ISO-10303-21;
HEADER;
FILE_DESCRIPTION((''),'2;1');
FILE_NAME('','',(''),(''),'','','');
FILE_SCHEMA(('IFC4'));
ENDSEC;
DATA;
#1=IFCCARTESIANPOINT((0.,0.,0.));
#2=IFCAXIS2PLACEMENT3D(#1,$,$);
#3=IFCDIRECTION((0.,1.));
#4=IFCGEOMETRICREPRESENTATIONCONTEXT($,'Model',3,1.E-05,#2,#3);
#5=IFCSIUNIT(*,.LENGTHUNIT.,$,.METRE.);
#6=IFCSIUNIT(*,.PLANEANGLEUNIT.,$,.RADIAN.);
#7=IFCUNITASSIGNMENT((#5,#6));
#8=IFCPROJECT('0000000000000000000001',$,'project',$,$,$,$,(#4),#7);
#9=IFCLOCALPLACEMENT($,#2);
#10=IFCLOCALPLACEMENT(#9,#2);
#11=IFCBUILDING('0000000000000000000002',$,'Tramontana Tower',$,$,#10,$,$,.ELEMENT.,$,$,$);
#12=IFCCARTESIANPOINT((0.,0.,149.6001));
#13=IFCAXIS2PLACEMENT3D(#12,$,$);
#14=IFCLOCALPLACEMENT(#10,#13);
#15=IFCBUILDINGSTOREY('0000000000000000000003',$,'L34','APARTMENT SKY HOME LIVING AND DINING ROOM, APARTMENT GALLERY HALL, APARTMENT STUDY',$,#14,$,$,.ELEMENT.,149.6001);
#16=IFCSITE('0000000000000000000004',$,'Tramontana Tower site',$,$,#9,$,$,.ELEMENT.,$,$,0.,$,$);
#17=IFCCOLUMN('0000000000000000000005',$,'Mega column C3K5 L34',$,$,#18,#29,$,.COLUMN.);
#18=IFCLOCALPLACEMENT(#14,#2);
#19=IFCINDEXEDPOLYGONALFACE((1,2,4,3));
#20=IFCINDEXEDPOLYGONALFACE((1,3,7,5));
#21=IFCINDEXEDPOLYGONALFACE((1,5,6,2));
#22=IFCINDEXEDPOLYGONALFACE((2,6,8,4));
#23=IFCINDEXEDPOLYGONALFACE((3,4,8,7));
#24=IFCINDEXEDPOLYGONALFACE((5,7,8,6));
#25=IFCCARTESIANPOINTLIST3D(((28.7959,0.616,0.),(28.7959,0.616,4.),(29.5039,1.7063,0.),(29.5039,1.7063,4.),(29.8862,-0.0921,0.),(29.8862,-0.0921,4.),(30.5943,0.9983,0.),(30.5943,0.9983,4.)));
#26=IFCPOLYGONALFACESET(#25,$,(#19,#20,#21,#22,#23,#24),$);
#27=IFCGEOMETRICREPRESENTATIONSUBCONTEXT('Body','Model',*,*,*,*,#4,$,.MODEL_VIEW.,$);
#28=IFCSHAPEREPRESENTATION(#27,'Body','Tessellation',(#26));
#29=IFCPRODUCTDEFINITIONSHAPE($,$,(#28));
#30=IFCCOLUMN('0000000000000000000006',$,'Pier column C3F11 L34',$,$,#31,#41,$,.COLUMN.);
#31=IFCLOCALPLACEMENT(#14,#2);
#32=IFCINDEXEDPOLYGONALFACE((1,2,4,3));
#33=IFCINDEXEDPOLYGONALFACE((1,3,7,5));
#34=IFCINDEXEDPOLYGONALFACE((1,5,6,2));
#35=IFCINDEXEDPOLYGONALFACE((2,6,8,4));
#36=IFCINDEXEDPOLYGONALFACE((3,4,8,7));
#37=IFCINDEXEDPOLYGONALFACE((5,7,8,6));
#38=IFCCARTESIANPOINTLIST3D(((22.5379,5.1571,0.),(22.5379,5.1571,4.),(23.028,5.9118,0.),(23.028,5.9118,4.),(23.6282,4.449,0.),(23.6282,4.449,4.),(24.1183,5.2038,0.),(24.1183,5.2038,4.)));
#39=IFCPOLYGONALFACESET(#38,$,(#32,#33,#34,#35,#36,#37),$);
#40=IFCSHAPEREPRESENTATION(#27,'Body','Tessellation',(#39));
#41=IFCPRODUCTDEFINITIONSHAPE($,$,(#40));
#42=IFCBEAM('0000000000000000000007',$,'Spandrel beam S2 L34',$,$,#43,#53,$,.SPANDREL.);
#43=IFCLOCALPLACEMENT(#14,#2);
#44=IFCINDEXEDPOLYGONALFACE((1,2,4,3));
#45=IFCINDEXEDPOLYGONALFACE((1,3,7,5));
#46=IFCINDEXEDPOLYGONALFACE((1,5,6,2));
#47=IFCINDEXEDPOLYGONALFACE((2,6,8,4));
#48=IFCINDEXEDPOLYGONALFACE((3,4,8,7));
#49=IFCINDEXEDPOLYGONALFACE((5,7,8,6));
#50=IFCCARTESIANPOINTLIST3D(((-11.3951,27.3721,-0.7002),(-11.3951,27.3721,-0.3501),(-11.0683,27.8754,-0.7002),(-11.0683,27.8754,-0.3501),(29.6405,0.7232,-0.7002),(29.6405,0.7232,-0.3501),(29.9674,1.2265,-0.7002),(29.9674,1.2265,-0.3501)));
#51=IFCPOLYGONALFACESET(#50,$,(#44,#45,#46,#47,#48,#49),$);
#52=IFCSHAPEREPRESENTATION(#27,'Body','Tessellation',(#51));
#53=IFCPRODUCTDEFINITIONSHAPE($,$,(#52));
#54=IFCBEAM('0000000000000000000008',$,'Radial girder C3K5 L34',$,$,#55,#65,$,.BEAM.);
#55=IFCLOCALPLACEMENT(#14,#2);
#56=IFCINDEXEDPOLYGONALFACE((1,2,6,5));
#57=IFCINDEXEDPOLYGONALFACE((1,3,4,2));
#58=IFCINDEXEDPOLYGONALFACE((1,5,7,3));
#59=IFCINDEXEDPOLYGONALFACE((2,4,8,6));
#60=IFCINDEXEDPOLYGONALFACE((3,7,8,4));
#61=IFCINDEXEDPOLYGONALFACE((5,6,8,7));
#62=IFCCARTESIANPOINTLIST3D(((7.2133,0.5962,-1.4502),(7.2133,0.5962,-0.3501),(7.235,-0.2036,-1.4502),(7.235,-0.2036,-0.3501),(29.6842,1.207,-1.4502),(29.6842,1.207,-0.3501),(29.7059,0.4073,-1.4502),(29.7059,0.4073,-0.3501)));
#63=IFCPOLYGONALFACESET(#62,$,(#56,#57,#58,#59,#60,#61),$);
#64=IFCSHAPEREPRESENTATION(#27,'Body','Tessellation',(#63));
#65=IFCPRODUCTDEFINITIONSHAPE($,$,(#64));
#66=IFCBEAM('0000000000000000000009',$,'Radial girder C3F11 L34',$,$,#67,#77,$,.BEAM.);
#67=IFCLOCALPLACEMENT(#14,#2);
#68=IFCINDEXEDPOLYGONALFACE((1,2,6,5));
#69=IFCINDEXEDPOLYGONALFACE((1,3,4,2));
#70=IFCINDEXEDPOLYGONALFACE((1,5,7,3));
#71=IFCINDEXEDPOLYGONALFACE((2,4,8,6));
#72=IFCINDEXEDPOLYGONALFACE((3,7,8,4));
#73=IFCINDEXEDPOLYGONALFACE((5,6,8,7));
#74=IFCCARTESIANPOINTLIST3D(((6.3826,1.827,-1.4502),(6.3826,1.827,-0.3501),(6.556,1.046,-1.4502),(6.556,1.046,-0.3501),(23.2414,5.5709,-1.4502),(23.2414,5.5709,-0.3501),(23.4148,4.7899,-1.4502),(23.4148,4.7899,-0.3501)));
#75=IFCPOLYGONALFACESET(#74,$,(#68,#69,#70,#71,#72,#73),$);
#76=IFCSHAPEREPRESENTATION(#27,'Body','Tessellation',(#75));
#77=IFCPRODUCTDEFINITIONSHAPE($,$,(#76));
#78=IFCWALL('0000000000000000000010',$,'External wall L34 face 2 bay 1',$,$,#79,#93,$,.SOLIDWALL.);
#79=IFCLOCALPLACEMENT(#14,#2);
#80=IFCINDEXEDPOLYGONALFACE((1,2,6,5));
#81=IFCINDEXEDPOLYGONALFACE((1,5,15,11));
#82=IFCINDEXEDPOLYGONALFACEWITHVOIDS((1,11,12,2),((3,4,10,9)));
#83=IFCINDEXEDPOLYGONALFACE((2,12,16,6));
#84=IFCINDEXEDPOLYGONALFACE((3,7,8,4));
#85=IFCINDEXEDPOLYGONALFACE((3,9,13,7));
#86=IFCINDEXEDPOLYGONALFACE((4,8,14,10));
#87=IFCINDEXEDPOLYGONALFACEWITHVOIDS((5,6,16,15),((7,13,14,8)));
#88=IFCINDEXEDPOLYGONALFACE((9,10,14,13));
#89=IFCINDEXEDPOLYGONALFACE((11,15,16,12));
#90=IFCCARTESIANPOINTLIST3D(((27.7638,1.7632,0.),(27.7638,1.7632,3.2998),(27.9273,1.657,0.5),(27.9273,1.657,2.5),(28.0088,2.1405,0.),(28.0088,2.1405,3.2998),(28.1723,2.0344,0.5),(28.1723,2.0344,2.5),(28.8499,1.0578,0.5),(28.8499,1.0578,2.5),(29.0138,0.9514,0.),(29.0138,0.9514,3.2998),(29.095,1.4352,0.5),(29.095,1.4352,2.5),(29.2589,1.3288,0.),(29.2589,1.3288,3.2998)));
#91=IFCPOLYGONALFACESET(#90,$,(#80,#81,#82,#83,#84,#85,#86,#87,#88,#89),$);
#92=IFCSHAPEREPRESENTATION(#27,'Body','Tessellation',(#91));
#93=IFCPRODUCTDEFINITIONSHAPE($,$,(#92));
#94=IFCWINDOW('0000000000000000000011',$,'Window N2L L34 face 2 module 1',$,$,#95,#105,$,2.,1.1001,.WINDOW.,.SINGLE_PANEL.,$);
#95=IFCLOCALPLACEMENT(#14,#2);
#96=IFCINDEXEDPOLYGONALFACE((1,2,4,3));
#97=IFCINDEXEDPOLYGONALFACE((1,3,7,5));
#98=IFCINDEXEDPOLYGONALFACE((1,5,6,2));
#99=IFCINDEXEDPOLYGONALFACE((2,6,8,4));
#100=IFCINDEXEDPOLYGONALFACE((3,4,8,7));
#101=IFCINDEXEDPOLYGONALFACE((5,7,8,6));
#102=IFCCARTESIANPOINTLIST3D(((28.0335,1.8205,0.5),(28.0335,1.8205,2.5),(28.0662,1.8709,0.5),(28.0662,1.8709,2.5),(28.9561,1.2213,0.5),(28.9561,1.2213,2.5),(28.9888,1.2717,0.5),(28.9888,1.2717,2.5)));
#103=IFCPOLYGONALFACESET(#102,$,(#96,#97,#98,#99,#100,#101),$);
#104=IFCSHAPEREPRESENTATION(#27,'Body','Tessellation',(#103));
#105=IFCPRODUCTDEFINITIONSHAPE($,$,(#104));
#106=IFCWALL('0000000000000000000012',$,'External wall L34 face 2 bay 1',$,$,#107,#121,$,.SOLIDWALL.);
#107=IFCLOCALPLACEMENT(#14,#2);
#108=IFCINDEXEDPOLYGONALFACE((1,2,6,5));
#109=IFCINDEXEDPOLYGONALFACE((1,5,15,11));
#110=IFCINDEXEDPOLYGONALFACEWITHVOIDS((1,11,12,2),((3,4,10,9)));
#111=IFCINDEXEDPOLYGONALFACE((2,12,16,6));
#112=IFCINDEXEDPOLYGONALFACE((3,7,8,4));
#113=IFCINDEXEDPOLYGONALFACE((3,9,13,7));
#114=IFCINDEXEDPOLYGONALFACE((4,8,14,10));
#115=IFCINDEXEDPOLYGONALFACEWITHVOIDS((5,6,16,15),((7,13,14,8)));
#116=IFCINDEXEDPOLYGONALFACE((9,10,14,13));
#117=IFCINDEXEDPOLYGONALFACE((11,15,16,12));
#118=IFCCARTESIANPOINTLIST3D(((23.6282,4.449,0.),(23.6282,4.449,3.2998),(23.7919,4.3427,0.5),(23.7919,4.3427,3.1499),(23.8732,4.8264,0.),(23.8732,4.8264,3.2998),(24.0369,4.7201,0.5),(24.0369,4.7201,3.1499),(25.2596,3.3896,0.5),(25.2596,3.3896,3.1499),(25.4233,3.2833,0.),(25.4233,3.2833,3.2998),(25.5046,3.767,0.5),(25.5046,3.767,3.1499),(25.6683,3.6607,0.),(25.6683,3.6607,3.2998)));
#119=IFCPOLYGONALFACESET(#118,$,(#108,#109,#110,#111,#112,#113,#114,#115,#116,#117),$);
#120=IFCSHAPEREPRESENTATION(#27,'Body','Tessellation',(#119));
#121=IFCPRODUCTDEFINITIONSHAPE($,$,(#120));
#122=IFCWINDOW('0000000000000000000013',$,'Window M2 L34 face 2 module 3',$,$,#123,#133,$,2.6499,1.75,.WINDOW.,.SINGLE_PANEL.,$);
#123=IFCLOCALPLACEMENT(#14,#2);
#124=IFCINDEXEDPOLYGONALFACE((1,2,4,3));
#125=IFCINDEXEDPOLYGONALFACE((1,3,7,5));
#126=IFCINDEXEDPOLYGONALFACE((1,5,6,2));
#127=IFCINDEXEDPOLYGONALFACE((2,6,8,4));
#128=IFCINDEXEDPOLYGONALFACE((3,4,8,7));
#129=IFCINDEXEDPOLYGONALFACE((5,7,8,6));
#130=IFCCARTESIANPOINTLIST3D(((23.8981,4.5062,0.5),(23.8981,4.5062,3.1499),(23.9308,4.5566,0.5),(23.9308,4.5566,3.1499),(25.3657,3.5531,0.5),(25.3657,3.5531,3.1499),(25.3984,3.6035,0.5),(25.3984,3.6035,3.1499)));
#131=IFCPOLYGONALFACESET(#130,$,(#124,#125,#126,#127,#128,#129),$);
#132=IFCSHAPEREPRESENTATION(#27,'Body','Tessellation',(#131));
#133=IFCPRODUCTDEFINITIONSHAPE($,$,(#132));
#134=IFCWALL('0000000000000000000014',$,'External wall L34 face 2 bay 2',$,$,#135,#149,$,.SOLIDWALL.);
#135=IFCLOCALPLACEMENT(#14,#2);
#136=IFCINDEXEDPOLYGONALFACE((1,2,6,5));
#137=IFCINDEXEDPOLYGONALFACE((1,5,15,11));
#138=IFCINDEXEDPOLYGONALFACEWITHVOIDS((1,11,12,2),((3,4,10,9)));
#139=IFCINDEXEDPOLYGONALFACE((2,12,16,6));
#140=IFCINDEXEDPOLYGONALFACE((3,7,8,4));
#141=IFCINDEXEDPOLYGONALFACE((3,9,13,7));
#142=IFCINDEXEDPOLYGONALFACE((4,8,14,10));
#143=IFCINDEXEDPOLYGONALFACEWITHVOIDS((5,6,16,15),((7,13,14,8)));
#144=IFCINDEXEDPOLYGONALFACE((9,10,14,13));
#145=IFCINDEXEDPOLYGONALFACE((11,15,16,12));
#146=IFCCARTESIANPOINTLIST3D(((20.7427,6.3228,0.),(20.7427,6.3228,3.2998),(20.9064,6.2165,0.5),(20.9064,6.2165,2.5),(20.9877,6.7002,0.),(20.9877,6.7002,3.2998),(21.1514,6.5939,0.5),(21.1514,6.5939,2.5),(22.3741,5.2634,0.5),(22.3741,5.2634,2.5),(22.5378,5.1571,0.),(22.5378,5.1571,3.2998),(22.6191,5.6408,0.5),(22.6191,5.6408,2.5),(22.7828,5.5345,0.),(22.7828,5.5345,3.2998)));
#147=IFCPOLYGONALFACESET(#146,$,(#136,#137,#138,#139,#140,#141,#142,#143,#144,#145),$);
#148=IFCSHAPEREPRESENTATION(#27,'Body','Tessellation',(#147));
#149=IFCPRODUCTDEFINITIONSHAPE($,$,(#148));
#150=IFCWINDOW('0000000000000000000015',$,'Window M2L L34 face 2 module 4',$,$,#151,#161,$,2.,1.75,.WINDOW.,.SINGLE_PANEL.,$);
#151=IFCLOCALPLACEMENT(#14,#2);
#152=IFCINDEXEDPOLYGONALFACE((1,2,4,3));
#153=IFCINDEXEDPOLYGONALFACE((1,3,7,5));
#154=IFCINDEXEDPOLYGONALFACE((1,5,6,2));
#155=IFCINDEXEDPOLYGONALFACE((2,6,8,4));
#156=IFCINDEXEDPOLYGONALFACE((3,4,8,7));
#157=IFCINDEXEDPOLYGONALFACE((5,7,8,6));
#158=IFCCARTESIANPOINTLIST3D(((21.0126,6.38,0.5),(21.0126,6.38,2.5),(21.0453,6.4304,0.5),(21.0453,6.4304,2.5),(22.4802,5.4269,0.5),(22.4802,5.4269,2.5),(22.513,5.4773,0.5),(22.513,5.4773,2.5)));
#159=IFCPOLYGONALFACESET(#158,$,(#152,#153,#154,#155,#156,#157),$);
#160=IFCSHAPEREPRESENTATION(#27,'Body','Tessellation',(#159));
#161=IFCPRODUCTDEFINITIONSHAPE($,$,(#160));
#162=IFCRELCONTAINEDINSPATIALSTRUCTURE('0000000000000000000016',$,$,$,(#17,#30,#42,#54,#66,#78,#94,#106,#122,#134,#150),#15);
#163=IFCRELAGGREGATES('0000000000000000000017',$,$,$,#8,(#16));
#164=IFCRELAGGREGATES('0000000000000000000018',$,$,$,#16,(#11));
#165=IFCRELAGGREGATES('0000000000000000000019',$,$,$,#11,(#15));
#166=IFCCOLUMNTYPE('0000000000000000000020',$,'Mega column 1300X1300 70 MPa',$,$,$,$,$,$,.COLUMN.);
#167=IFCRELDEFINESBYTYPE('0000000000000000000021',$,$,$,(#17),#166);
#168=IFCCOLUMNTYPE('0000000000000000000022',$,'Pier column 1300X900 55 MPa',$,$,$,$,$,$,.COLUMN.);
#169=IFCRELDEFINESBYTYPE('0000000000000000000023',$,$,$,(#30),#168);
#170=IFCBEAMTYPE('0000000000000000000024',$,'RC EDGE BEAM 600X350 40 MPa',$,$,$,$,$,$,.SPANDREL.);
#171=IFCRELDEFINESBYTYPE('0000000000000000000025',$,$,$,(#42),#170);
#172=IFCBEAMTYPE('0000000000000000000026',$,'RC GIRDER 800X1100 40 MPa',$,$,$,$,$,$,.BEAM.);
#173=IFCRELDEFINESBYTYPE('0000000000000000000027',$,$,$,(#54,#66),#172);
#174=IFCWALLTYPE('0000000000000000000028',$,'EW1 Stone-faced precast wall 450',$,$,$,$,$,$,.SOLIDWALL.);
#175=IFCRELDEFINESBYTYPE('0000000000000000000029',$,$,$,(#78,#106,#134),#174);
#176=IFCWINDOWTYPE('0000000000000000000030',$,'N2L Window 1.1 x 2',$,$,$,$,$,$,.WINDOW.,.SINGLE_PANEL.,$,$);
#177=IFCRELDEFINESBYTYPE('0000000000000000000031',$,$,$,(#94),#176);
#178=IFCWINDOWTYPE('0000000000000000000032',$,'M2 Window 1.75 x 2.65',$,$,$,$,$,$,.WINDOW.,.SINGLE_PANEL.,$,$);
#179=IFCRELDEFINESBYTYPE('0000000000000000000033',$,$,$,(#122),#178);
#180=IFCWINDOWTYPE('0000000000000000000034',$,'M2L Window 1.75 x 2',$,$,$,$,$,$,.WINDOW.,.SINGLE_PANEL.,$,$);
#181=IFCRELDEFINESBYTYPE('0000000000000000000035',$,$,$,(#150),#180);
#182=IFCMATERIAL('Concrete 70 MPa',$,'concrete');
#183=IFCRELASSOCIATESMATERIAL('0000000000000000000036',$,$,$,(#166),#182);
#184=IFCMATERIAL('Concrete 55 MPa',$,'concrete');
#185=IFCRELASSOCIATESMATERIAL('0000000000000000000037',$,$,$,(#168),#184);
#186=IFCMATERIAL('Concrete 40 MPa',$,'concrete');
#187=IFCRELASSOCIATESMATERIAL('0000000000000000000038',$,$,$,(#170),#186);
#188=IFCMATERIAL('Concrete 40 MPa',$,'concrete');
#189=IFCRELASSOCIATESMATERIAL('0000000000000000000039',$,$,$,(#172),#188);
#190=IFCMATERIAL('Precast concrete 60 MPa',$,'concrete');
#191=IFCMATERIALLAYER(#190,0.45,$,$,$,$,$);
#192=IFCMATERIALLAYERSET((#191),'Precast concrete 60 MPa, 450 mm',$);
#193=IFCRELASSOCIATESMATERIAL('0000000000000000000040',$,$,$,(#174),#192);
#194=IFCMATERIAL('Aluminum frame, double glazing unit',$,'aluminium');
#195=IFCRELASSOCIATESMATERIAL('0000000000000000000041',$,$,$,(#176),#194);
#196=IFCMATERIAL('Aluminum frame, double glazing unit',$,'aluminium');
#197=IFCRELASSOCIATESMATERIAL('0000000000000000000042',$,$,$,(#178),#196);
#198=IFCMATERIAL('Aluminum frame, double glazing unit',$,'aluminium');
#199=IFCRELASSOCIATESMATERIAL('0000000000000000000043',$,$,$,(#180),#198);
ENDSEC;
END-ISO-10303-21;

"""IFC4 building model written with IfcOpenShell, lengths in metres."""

from ifc_helpers import new_model, si_unit, direction, frame, frame_2d, origin, origin_2d, place, context, subcontext, project, spatial, rectangle, extrude, material, layer, layer_set, material_profile, profile_set, type_object, element, fill, save


model = new_model("IFC4")

# Units and contexts
model_context = context("Model", 3, precision=1e-05, world=origin(), true_north=direction((0.0, 1.0)))
body_context = subcontext(model_context, "Body", "Model", "MODEL_VIEW")
ifc_project = project(units=[si_unit("LENGTHUNIT", "METRE"), si_unit("PLANEANGLEUNIT", "RADIAN")], contexts=[model_context])

# Site, building, storey
site_placement = place(None, origin())
site = spatial("IfcSite", under=ifc_project, at=site_placement, Name="Tramontana Tower site", CompositionType="ELEMENT", RefElevation=0.0)
building_placement = place(site_placement, origin())
building = spatial("IfcBuilding", under=site, at=building_placement, Name="Tramontana Tower", CompositionType="ELEMENT")
storey_placement = place(building_placement, frame((0.0, 0.0, 149.6001)))
storey = spatial("IfcBuildingStorey", under=building, at=storey_placement, Name="L34", Description="APARTMENT SKY HOME LIVING AND DINING ROOM, APARTMENT GALLERY HALL, APARTMENT STUDY", CompositionType="ELEMENT", Elevation=149.6001)

# Columns
ifc_material_1 = material(Name="Concrete 70 MPa", Category="concrete")
ifc_material_profile_1 = material_profile(ifc_material_1, rectangle(XDim=1.3, YDim=1.3, at=origin_2d()), Name="Mega column 1300X1300 70 MPa")
ifc_profile_set_1 = profile_set([ifc_material_profile_1], Name="Concrete 70 MPa")
column_type_1 = type_object("IfcColumnType", Name="Mega column 1300X1300 70 MPa", PredefinedType="COLUMN", material=ifc_profile_set_1)
column_1_placement = place(storey_placement, frame((29.6951, 0.8071, 0.0), z_axis=(0.0, 0.0, 1.0), x_axis=(-0.838671, 0.544639, 0.0)))
element("IfcColumn", 1, at=column_1_placement, inside=storey, type_object=column_type_1, Name="Mega column C3K5 L34", PredefinedType="COLUMN", context=body_context, shape_type="SweptSolid", body=[
    extrude(rectangle(XDim=1.3, YDim=1.3, at=origin_2d()), origin(), (0.0, 0.0, 1.0), 4.0),
])
ifc_material_2 = material(Name="Concrete 55 MPa", Category="concrete")
ifc_material_profile_2 = material_profile(ifc_material_2, rectangle(XDim=1.3, YDim=0.8999, at=origin_2d()), Name="Pier column 1300X900 55 MPa")
ifc_profile_set_2 = profile_set([ifc_material_profile_2], Name="Concrete 55 MPa")
column_type_2 = type_object("IfcColumnType", Name="Pier column 1300X900 55 MPa", PredefinedType="COLUMN", material=ifc_profile_set_2)
column_2_placement = place(storey_placement, frame((23.3281, 5.1804, 0.0), z_axis=(0.0, 0.0, 1.0), x_axis=(-0.838671, 0.544639, 0.0)))
element("IfcColumn", 2, at=column_2_placement, inside=storey, type_object=column_type_2, Name="Pier column C3F11 L34", PredefinedType="COLUMN", context=body_context, shape_type="SweptSolid", body=[
    extrude(rectangle(XDim=1.3, YDim=0.8999, at=origin_2d()), origin(), (0.0, 0.0, 1.0), 4.0),
])

# Beams
ifc_material_3 = material(Name="Concrete 40 MPa", Category="concrete")
ifc_material_profile_3 = material_profile(ifc_material_3, rectangle(XDim=0.6001, YDim=0.3501, at=origin_2d()), Name="RC EDGE BEAM 600X350 40 MPa")
ifc_profile_set_3 = profile_set([ifc_material_profile_3], Name="Concrete 40 MPa")
beam_type_1 = type_object("IfcBeamType", Name="RC EDGE BEAM 600X350 40 MPa", PredefinedType="SPANDREL", material=ifc_profile_set_3)
beam_1_placement = place(storey_placement, frame((29.804, 0.9749, -0.5251), z_axis=(-0.83867, 0.54464, 0.0), x_axis=(-0.54464, -0.83867, 0.0)))
element("IfcBeam", 3, at=beam_1_placement, inside=storey, type_object=beam_type_1, Name="Spandrel beam S2 L34", PredefinedType="SPANDREL", context=body_context, shape_type="SweptSolid", body=[
    extrude(rectangle(XDim=0.6001, YDim=0.3501, at=origin_2d()), origin(), (0.0, 0.0, 1.0), 48.9294),
])
ifc_material_4 = material(Name="Concrete 40 MPa", Category="concrete")
ifc_material_profile_4 = material_profile(ifc_material_4, rectangle(XDim=0.8, YDim=1.1001, at=origin_2d()), Name="RC GIRDER 800X1100 40 MPa")
ifc_profile_set_4 = profile_set([ifc_material_profile_4], Name="Concrete 40 MPa")
beam_type_2 = type_object("IfcBeamType", Name="RC GIRDER 800X1100 40 MPa", PredefinedType="BEAM", material=ifc_profile_set_4)
beam_2_placement = place(storey_placement, frame((29.6951, 0.8071, -0.9001), z_axis=(-0.999631, -0.027173, 0.0), x_axis=(0.027173, -0.999631, 0.0)))
element("IfcBeam", 4, at=beam_2_placement, inside=storey, type_object=beam_type_2, Name="Radial girder C3K5 L34", PredefinedType="BEAM", context=body_context, shape_type="SweptSolid", body=[
    extrude(rectangle(XDim=0.8, YDim=1.1001, at=origin_2d()), origin(), (0.0, 0.0, 1.0), 22.4792),
])
beam_3_placement = place(storey_placement, frame((23.3281, 5.1804, -0.9001), z_axis=(-0.976218, -0.216791, 0.0), x_axis=(0.216791, -0.976218, 0.0)))
element("IfcBeam", 5, at=beam_3_placement, inside=storey, type_object=beam_type_2, Name="Radial girder C3F11 L34", PredefinedType="BEAM", context=body_context, shape_type="SweptSolid", body=[
    extrude(rectangle(XDim=0.8, YDim=1.1001, at=origin_2d()), origin(), (0.0, 0.0, 1.0), 17.2695),
])

# Walls, openings, windows
ifc_material_5 = material(Name="Precast concrete 60 MPa", Category="concrete")
ifc_layer_1 = layer(ifc_material_5, 0.45)
ifc_layer_set_1 = layer_set([ifc_layer_1], Name="Precast concrete 60 MPa, 450 mm")
wall_type_1 = type_object("IfcWallType", Name="EW1 Stone-faced precast wall 450", PredefinedType="SOLIDWALL", material=ifc_layer_set_1)
wall_1_placement = place(storey_placement, frame((29.1362, 1.1401, 0.0), z_axis=(0.0, 0.0, 1.0), x_axis=(-0.838668, 0.544643, 0.0)))
wall_1 = element("IfcWall", 6, at=wall_1_placement, inside=storey, type_object=wall_type_1, Name="External wall L34 face 2 bay 1", PredefinedType="SOLIDWALL", context=body_context, shape_type="SweptSolid", body=[
    extrude(rectangle(XDim=1.4905, YDim=0.45, at=frame_2d((0.7451, 0.0))), origin(), (0.0, 0.0, 1.0), 3.2998),
])
opening_1_placement = place(wall_1_placement, frame((0.1953, 0.0, 0.5)))
opening_1 = element("IfcOpeningElement", 7, at=opening_1_placement, cuts=wall_1, PredefinedType="OPENING", context=body_context, shape_type="SweptSolid", body=[
    extrude(rectangle(XDim=1.1001, YDim=2.0, at=frame_2d((0.55, 1.0))), frame((0.0, 0.2349, 0.0), z_axis=(0.0, -1.0, 0.0), x_axis=(1.0, 0.0, 0.0)), (0.0, 0.0, 1.0), 0.47),
])
ifc_material_6 = material(Name="Aluminum frame, double glazing unit", Category="aluminium")
window_type_1 = type_object("IfcWindowType", Name="N2L Window 1.1 x 2", PartitioningType="SINGLE_PANEL", PredefinedType="WINDOW", material=ifc_material_6)
window_1_placement = place(opening_1_placement, origin())
window_1 = element("IfcWindow", 8, at=window_1_placement, inside=storey, type_object=window_type_1, Name="Window N2L L34 face 2 module 1", OverallHeight=2.0, OverallWidth=1.1001, PartitioningType="SINGLE_PANEL", PredefinedType="WINDOW", context=body_context, shape_type="SweptSolid", body=[
    extrude(rectangle(XDim=1.1001, YDim=2.0, at=frame_2d((0.55, 1.0))), frame((0.0, 0.03, 0.0), z_axis=(0.0, -1.0, 0.0), x_axis=(1.0, 0.0, 0.0)), (0.0, 0.0, 1.0), 0.0601),
])
fill(opening_1, window_1)
wall_2_placement = place(storey_placement, frame((25.5459, 3.4719, 0.0), z_axis=(0.0, 0.0, 1.0), x_axis=(-0.838675, 0.544631, 0.0)))
wall_2 = element("IfcWall", 9, at=wall_2_placement, inside=storey, type_object=wall_type_1, Name="External wall L34 face 2 bay 1", PredefinedType="SOLIDWALL", context=body_context, shape_type="SweptSolid", body=[
    extrude(rectangle(XDim=2.1404, YDim=0.45, at=frame_2d((1.0703, 0.0))), origin(), (0.0, 0.0, 1.0), 3.2998),
])
opening_2_placement = place(wall_2_placement, frame((0.1953, 0.0, 0.5)))
opening_2 = element("IfcOpeningElement", 10, at=opening_2_placement, cuts=wall_2, PredefinedType="OPENING", context=body_context, shape_type="SweptSolid", body=[
    extrude(rectangle(XDim=1.75, YDim=2.6499, at=frame_2d((0.875, 1.325))), frame((0.0, 0.2349, 0.0), z_axis=(0.0, -1.0, 0.0), x_axis=(1.0, 0.0, 0.0)), (0.0, 0.0, 1.0), 0.47),
])
ifc_material_7 = material(Name="Aluminum frame, double glazing unit", Category="aluminium")
window_type_2 = type_object("IfcWindowType", Name="M2 Window 1.75 x 2.65", PartitioningType="SINGLE_PANEL", PredefinedType="WINDOW", material=ifc_material_7)
window_2_placement = place(opening_2_placement, origin())
window_2 = element("IfcWindow", 11, at=window_2_placement, inside=storey, type_object=window_type_2, Name="Window M2 L34 face 2 module 3", OverallHeight=2.6499, OverallWidth=1.75, PartitioningType="SINGLE_PANEL", PredefinedType="WINDOW", context=body_context, shape_type="SweptSolid", body=[
    extrude(rectangle(XDim=1.75, YDim=2.6499, at=frame_2d((0.875, 1.325))), frame((0.0, 0.03, 0.0), z_axis=(0.0, -1.0, 0.0), x_axis=(1.0, 0.0, 0.0)), (0.0, 0.0, 1.0), 0.0601),
])
fill(opening_2, window_2)
wall_3_placement = place(storey_placement, frame((22.6604, 5.3457, 0.0), z_axis=(0.0, 0.0, 1.0), x_axis=(-0.838675, 0.544631, 0.0)))
wall_3 = element("IfcWall", 12, at=wall_3_placement, inside=storey, type_object=wall_type_1, Name="External wall L34 face 2 bay 2", PredefinedType="SOLIDWALL", context=body_context, shape_type="SweptSolid", body=[
    extrude(rectangle(XDim=2.1404, YDim=0.45, at=frame_2d((1.0703, 0.0))), origin(), (0.0, 0.0, 1.0), 3.2998),
])
opening_3_placement = place(wall_3_placement, frame((0.1953, 0.0, 0.5)))
opening_3 = element("IfcOpeningElement", 13, at=opening_3_placement, cuts=wall_3, PredefinedType="OPENING", context=body_context, shape_type="SweptSolid", body=[
    extrude(rectangle(XDim=1.75, YDim=2.0, at=frame_2d((0.875, 1.0))), frame((0.0, 0.2349, 0.0), z_axis=(0.0, -1.0, 0.0), x_axis=(1.0, 0.0, 0.0)), (0.0, 0.0, 1.0), 0.47),
])
ifc_material_8 = material(Name="Aluminum frame, double glazing unit", Category="aluminium")
window_type_3 = type_object("IfcWindowType", Name="M2L Window 1.75 x 2", PartitioningType="SINGLE_PANEL", PredefinedType="WINDOW", material=ifc_material_8)
window_3_placement = place(opening_3_placement, origin())
window_3 = element("IfcWindow", 14, at=window_3_placement, inside=storey, type_object=window_type_3, Name="Window M2L L34 face 2 module 4", OverallHeight=2.0, OverallWidth=1.75, PartitioningType="SINGLE_PANEL", PredefinedType="WINDOW", context=body_context, shape_type="SweptSolid", body=[
    extrude(rectangle(XDim=1.75, YDim=2.0, at=frame_2d((0.875, 1.0))), frame((0.0, 0.03, 0.0), z_axis=(0.0, -1.0, 0.0), x_axis=(1.0, 0.0, 0.0)), (0.0, 0.0, 1.0), 0.0601),
])
fill(opening_3, window_3)

save(model, "model.ifc")
